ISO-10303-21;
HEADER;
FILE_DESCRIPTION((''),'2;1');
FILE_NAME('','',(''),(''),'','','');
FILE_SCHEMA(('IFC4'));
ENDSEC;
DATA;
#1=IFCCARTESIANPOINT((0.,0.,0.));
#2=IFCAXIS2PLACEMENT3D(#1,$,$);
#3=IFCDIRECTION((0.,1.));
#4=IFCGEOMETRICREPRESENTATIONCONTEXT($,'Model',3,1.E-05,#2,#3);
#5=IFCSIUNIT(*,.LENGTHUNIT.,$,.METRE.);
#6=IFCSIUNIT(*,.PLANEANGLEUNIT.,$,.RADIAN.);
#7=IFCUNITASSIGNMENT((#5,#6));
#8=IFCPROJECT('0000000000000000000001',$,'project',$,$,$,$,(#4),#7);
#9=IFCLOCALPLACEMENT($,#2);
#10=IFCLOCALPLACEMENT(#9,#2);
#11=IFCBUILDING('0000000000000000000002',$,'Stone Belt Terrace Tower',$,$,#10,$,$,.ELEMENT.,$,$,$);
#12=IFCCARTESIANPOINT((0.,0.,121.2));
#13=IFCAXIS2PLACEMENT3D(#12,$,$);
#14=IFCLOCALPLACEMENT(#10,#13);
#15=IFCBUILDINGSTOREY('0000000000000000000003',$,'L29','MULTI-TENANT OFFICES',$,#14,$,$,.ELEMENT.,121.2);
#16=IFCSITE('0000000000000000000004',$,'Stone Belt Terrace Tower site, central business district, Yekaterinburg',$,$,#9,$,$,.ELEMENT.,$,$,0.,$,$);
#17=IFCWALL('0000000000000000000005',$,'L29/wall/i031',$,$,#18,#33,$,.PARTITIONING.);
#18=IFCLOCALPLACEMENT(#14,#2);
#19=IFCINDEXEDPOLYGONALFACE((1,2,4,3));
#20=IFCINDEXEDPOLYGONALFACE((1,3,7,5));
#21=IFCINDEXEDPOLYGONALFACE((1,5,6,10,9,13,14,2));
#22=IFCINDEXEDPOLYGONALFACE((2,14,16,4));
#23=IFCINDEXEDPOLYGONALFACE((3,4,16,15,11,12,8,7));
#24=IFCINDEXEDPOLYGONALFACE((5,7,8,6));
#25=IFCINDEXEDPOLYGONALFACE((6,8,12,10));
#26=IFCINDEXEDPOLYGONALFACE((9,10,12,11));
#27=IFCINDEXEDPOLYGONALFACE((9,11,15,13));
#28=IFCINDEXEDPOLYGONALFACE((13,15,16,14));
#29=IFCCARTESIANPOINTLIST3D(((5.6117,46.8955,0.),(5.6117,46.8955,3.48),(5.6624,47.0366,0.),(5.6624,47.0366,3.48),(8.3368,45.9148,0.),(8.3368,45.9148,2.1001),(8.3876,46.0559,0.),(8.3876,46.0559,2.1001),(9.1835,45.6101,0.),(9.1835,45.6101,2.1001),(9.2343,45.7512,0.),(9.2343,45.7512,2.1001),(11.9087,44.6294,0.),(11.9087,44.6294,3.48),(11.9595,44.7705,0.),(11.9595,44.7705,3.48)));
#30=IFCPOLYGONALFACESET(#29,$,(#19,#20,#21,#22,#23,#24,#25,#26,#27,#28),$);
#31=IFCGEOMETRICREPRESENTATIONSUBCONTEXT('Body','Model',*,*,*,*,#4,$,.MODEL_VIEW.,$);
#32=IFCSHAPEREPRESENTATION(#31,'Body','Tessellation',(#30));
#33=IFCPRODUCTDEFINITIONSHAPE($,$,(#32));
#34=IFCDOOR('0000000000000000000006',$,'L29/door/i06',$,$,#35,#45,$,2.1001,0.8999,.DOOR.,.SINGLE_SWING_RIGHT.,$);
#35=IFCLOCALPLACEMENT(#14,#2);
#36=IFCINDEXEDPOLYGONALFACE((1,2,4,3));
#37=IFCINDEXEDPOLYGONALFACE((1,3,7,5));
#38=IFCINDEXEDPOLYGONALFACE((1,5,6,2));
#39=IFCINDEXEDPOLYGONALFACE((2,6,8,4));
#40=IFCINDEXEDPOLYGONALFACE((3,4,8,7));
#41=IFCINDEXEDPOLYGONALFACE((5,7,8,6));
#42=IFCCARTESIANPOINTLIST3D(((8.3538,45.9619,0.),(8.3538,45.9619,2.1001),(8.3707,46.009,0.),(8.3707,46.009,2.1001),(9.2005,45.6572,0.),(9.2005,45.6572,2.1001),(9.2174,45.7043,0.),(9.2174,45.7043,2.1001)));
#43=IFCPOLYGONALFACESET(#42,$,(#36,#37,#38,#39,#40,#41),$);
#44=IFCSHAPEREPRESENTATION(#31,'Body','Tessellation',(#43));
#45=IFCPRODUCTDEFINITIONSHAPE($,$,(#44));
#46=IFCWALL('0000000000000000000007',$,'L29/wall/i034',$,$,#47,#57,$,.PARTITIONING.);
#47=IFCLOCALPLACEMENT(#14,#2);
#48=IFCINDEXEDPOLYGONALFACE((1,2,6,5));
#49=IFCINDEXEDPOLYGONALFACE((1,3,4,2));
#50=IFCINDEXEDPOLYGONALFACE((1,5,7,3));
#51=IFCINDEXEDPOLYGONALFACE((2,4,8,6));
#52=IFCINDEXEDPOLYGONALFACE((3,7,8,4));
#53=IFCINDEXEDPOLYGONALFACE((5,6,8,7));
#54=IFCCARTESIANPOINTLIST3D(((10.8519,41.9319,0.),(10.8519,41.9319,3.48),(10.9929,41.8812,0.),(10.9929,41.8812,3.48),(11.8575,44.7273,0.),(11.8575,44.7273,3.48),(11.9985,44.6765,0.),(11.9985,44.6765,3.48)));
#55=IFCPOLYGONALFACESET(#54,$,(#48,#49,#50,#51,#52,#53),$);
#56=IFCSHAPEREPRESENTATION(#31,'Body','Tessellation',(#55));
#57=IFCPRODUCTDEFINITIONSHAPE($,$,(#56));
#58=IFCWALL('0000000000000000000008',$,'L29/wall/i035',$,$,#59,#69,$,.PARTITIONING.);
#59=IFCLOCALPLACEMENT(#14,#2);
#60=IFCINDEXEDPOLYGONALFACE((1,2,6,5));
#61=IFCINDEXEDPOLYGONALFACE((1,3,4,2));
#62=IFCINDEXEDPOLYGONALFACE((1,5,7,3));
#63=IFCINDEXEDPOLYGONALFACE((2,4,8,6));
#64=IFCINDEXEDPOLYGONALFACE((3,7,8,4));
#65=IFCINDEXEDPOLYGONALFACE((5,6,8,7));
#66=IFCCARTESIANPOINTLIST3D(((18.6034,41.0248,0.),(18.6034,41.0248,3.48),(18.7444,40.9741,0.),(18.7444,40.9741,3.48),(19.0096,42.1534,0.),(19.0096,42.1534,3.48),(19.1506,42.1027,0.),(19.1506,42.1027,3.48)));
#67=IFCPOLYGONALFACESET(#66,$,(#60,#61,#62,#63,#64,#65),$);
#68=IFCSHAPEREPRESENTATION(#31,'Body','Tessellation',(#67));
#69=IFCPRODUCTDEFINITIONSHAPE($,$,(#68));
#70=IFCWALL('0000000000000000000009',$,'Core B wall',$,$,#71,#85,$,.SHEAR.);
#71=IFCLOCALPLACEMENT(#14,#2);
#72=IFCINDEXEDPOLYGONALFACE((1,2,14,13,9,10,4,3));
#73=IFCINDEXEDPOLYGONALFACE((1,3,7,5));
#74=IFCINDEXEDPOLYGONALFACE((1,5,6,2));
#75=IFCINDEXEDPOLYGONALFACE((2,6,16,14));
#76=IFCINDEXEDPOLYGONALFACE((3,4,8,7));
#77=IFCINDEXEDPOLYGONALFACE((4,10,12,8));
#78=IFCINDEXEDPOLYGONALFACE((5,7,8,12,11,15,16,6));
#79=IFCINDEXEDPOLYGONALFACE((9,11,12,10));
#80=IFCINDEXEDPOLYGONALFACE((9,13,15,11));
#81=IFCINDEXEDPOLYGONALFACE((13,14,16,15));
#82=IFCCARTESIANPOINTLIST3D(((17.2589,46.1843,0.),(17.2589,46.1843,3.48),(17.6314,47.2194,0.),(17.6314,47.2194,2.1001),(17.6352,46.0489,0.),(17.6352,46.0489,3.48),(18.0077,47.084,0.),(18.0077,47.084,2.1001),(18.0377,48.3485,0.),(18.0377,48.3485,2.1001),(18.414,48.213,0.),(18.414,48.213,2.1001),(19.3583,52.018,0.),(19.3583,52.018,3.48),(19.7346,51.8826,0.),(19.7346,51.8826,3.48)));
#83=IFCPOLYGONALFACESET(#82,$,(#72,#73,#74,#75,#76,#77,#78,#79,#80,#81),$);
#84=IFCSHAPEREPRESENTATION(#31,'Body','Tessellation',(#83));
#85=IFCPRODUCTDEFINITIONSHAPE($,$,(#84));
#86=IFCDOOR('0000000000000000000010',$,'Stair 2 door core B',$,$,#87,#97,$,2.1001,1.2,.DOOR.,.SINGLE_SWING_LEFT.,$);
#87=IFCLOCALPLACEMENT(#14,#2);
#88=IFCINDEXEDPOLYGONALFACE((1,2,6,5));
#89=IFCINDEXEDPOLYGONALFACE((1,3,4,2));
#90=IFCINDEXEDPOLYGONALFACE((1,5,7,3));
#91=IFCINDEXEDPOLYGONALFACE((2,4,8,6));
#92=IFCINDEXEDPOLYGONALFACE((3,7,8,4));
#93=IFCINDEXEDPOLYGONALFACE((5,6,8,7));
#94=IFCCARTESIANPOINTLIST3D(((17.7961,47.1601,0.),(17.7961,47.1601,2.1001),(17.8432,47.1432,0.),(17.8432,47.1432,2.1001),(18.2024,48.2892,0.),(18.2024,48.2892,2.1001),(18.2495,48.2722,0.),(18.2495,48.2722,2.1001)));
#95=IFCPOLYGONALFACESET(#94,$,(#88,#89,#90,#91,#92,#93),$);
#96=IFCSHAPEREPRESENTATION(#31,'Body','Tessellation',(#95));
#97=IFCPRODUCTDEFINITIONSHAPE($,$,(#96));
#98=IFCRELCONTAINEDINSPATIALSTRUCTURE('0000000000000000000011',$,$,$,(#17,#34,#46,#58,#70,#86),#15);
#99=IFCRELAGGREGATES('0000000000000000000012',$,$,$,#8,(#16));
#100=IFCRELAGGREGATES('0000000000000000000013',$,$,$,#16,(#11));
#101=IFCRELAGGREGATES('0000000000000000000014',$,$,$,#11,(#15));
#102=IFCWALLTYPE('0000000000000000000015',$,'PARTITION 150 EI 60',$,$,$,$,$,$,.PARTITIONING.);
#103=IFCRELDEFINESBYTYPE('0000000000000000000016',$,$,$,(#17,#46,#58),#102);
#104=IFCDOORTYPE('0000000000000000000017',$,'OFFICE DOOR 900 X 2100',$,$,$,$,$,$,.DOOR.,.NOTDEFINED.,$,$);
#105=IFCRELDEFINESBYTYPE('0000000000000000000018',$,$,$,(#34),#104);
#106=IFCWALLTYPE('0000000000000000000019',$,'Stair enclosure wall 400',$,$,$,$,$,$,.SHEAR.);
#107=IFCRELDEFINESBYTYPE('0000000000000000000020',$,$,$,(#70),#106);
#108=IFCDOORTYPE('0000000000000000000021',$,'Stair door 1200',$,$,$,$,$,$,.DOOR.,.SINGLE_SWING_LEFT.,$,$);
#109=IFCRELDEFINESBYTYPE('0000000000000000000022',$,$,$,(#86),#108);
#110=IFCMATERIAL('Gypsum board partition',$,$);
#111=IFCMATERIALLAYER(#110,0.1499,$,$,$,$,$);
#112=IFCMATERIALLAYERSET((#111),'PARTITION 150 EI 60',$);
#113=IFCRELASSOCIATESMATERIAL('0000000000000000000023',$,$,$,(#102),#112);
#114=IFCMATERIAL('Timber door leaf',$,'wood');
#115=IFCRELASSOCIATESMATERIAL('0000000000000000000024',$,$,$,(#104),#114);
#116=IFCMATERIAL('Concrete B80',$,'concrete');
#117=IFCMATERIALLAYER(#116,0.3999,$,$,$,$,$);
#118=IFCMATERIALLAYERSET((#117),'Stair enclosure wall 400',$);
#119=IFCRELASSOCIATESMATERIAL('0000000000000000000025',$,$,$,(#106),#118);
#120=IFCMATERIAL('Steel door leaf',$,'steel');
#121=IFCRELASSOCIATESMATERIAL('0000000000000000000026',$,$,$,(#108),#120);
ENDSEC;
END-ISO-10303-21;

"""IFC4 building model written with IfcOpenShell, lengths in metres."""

from ifc_helpers import new_model, si_unit, direction, frame, frame_2d, origin, place, context, subcontext, project, spatial, rectangle, extrude, material, layer, layer_set, type_object, element, fill, save


model = new_model("IFC4")

# Units and contexts
model_context = context("Model", 3, precision=1e-05, world=origin(), true_north=direction((0.0, 1.0)))
body_context = subcontext(model_context, "Body", "Model", "MODEL_VIEW")
ifc_project = project(units=[si_unit("LENGTHUNIT", "METRE"), si_unit("PLANEANGLEUNIT", "RADIAN")], contexts=[model_context])

# Site, building, storey
site_placement = place(None, origin())
site = spatial("IfcSite", under=ifc_project, at=site_placement, Name="Stone Belt Terrace Tower site, central business district, Yekaterinburg", CompositionType="ELEMENT", RefElevation=0.0)
building_placement = place(site_placement, origin())
building = spatial("IfcBuilding", under=site, at=building_placement, Name="Stone Belt Terrace Tower", CompositionType="ELEMENT")
storey_placement = place(building_placement, frame((0.0, 0.0, 121.2)))
storey = spatial("IfcBuildingStorey", under=building, at=storey_placement, Name="L29", Description="MULTI-TENANT OFFICES", CompositionType="ELEMENT", Elevation=121.2)

# Shared definitions
ifc_material_1 = material(Name="Concrete B80", Category="concrete")

# Shared definitions
ifc_material_2 = material(Name="Gypsum board partition")
ifc_layer_1 = layer(ifc_material_2, 0.1499)
ifc_layer_set_1 = layer_set([ifc_layer_1], Name="PARTITION 150 EI 60")
wall_type_1 = type_object("IfcWallType", Name="PARTITION 150 EI 60", PredefinedType="PARTITIONING", material=ifc_layer_set_1)

# Wall, opening, door
wall_1_placement = place(storey_placement, frame((11.9341, 44.7, 0.0), z_axis=(0.0, 0.0, 1.0), x_axis=(-0.940928, 0.338607, 0.0)))
wall_1 = element("IfcWall", 1, at=wall_1_placement, inside=storey, type_object=wall_type_1, Name="L29/wall/i031", PredefinedType="PARTITIONING", context=body_context, shape_type="SweptSolid", body=[
    extrude(rectangle(XDim=6.6924, YDim=0.1499, at=frame_2d((3.3462, 0.0))), origin(), (0.0, 0.0, 1.0), 3.48),
])
opening_1_placement = place(wall_1_placement, frame((2.8962, 0.0, 0.0)))
opening_1 = element("IfcOpeningElement", 2, at=opening_1_placement, cuts=wall_1, PredefinedType="OPENING", context=body_context, shape_type="SweptSolid", body=[
    extrude(rectangle(XDim=0.8999, YDim=2.1001, at=frame_2d((0.45, 1.05))), frame((0.0, 0.085, 0.0), z_axis=(0.0, -1.0, 0.0), x_axis=(1.0, 0.0, 0.0)), (0.0, 0.0, 1.0), 0.1699),
])
ifc_material_3 = material(Name="Timber door leaf", Category="wood")
door_type_1 = type_object("IfcDoorType", Name="OFFICE DOOR 900 X 2100", OperationType="NOTDEFINED", PredefinedType="DOOR", material=ifc_material_3)
door_1_placement = place(opening_1_placement, origin())
door_1 = element("IfcDoor", 3, at=door_1_placement, inside=storey, type_object=door_type_1, Name="L29/door/i06", OperationType="SINGLE_SWING_RIGHT", OverallHeight=2.1001, OverallWidth=0.8999, PredefinedType="DOOR", context=body_context, shape_type="SweptSolid", body=[
    extrude(rectangle(XDim=0.8999, YDim=2.1001, at=frame_2d((0.45, 1.05))), frame((0.0, 0.0249, 0.0), z_axis=(0.0, -1.0, 0.0), x_axis=(1.0, 0.0, 0.0)), (0.0, 0.0, 1.0), 0.05),
])
fill(opening_1, door_1)

# Walls
wall_2_placement = place(storey_placement, frame((11.928, 44.7019, 0.0), z_axis=(0.0, 0.0, 1.0), x_axis=(-0.338501, -0.940966, 0.0)))
element("IfcWall", 4, at=wall_2_placement, inside=storey, type_object=wall_type_1, Name="L29/wall/i034", PredefinedType="PARTITIONING", context=body_context, shape_type="SweptSolid", body=[
    extrude(rectangle(XDim=2.9707, YDim=0.1499, at=frame_2d((1.4854, 0.0))), origin(), (0.0, 0.0, 1.0), 3.48),
])
wall_3_placement = place(storey_placement, frame((19.0801, 42.1279, 0.0), z_axis=(0.0, 0.0, 1.0), x_axis=(-0.338669, -0.940906, 0.0)))
element("IfcWall", 5, at=wall_3_placement, inside=storey, type_object=wall_type_1, Name="L29/wall/i035", PredefinedType="PARTITIONING", context=body_context, shape_type="SweptSolid", body=[
    extrude(rectangle(XDim=1.1995, YDim=0.1499, at=frame_2d((0.5996, 0.0))), origin(), (0.0, 0.0, 1.0), 3.48),
])

# Wall, opening, door
ifc_layer_2 = layer(ifc_material_1, 0.3999)
ifc_layer_set_2 = layer_set([ifc_layer_2], Name="Stair enclosure wall 400")
wall_type_2 = type_object("IfcWallType", Name="Stair enclosure wall 400", PredefinedType="SHEAR", material=ifc_layer_set_2)
wall_4_placement = place(storey_placement, frame((17.447, 46.1165, 0.0), z_axis=(0.0, 0.0, 1.0), x_axis=(0.338608, 0.940928, 0.0)))
wall_4 = element("IfcWall", 6, at=wall_4_placement, inside=storey, type_object=wall_type_2, Name="Core B wall", PredefinedType="SHEAR", context=body_context, shape_type="SweptSolid", body=[
    extrude(rectangle(XDim=6.2, YDim=0.3999, at=frame_2d((3.1001, 0.0))), origin(), (0.0, 0.0, 1.0), 3.48),
])
opening_2_placement = place(wall_4_placement, frame((1.1001, 0.0, 0.0)))
opening_2 = element("IfcOpeningElement", 7, at=opening_2_placement, cuts=wall_4, PredefinedType="OPENING", context=body_context, shape_type="SweptSolid", body=[
    extrude(rectangle(XDim=1.2, YDim=2.1001, at=frame_2d((0.6001, 1.05))), frame((0.0, 0.21, 0.0), z_axis=(0.0, -1.0, 0.0), x_axis=(1.0, 0.0, 0.0)), (0.0, 0.0, 1.0), 0.4199),
])
ifc_material_4 = material(Name="Steel door leaf", Category="steel")
door_type_2 = type_object("IfcDoorType", Name="Stair door 1200", OperationType="SINGLE_SWING_LEFT", PredefinedType="DOOR", material=ifc_material_4)
door_2_placement = place(opening_2_placement, origin())
door_2 = element("IfcDoor", 8, at=door_2_placement, inside=storey, type_object=door_type_2, Name="Stair 2 door core B", OperationType="SINGLE_SWING_LEFT", OverallHeight=2.1001, OverallWidth=1.2, PredefinedType="DOOR", context=body_context, shape_type="SweptSolid", body=[
    extrude(rectangle(XDim=1.2, YDim=2.1001, at=frame_2d((0.6001, 1.05))), frame((0.0, 0.0249, 0.0), z_axis=(0.0, -1.0, 0.0), x_axis=(1.0, 0.0, 0.0)), (0.0, 0.0, 1.0), 0.05),
])
fill(opening_2, door_2)

save(model, "model.ifc")
